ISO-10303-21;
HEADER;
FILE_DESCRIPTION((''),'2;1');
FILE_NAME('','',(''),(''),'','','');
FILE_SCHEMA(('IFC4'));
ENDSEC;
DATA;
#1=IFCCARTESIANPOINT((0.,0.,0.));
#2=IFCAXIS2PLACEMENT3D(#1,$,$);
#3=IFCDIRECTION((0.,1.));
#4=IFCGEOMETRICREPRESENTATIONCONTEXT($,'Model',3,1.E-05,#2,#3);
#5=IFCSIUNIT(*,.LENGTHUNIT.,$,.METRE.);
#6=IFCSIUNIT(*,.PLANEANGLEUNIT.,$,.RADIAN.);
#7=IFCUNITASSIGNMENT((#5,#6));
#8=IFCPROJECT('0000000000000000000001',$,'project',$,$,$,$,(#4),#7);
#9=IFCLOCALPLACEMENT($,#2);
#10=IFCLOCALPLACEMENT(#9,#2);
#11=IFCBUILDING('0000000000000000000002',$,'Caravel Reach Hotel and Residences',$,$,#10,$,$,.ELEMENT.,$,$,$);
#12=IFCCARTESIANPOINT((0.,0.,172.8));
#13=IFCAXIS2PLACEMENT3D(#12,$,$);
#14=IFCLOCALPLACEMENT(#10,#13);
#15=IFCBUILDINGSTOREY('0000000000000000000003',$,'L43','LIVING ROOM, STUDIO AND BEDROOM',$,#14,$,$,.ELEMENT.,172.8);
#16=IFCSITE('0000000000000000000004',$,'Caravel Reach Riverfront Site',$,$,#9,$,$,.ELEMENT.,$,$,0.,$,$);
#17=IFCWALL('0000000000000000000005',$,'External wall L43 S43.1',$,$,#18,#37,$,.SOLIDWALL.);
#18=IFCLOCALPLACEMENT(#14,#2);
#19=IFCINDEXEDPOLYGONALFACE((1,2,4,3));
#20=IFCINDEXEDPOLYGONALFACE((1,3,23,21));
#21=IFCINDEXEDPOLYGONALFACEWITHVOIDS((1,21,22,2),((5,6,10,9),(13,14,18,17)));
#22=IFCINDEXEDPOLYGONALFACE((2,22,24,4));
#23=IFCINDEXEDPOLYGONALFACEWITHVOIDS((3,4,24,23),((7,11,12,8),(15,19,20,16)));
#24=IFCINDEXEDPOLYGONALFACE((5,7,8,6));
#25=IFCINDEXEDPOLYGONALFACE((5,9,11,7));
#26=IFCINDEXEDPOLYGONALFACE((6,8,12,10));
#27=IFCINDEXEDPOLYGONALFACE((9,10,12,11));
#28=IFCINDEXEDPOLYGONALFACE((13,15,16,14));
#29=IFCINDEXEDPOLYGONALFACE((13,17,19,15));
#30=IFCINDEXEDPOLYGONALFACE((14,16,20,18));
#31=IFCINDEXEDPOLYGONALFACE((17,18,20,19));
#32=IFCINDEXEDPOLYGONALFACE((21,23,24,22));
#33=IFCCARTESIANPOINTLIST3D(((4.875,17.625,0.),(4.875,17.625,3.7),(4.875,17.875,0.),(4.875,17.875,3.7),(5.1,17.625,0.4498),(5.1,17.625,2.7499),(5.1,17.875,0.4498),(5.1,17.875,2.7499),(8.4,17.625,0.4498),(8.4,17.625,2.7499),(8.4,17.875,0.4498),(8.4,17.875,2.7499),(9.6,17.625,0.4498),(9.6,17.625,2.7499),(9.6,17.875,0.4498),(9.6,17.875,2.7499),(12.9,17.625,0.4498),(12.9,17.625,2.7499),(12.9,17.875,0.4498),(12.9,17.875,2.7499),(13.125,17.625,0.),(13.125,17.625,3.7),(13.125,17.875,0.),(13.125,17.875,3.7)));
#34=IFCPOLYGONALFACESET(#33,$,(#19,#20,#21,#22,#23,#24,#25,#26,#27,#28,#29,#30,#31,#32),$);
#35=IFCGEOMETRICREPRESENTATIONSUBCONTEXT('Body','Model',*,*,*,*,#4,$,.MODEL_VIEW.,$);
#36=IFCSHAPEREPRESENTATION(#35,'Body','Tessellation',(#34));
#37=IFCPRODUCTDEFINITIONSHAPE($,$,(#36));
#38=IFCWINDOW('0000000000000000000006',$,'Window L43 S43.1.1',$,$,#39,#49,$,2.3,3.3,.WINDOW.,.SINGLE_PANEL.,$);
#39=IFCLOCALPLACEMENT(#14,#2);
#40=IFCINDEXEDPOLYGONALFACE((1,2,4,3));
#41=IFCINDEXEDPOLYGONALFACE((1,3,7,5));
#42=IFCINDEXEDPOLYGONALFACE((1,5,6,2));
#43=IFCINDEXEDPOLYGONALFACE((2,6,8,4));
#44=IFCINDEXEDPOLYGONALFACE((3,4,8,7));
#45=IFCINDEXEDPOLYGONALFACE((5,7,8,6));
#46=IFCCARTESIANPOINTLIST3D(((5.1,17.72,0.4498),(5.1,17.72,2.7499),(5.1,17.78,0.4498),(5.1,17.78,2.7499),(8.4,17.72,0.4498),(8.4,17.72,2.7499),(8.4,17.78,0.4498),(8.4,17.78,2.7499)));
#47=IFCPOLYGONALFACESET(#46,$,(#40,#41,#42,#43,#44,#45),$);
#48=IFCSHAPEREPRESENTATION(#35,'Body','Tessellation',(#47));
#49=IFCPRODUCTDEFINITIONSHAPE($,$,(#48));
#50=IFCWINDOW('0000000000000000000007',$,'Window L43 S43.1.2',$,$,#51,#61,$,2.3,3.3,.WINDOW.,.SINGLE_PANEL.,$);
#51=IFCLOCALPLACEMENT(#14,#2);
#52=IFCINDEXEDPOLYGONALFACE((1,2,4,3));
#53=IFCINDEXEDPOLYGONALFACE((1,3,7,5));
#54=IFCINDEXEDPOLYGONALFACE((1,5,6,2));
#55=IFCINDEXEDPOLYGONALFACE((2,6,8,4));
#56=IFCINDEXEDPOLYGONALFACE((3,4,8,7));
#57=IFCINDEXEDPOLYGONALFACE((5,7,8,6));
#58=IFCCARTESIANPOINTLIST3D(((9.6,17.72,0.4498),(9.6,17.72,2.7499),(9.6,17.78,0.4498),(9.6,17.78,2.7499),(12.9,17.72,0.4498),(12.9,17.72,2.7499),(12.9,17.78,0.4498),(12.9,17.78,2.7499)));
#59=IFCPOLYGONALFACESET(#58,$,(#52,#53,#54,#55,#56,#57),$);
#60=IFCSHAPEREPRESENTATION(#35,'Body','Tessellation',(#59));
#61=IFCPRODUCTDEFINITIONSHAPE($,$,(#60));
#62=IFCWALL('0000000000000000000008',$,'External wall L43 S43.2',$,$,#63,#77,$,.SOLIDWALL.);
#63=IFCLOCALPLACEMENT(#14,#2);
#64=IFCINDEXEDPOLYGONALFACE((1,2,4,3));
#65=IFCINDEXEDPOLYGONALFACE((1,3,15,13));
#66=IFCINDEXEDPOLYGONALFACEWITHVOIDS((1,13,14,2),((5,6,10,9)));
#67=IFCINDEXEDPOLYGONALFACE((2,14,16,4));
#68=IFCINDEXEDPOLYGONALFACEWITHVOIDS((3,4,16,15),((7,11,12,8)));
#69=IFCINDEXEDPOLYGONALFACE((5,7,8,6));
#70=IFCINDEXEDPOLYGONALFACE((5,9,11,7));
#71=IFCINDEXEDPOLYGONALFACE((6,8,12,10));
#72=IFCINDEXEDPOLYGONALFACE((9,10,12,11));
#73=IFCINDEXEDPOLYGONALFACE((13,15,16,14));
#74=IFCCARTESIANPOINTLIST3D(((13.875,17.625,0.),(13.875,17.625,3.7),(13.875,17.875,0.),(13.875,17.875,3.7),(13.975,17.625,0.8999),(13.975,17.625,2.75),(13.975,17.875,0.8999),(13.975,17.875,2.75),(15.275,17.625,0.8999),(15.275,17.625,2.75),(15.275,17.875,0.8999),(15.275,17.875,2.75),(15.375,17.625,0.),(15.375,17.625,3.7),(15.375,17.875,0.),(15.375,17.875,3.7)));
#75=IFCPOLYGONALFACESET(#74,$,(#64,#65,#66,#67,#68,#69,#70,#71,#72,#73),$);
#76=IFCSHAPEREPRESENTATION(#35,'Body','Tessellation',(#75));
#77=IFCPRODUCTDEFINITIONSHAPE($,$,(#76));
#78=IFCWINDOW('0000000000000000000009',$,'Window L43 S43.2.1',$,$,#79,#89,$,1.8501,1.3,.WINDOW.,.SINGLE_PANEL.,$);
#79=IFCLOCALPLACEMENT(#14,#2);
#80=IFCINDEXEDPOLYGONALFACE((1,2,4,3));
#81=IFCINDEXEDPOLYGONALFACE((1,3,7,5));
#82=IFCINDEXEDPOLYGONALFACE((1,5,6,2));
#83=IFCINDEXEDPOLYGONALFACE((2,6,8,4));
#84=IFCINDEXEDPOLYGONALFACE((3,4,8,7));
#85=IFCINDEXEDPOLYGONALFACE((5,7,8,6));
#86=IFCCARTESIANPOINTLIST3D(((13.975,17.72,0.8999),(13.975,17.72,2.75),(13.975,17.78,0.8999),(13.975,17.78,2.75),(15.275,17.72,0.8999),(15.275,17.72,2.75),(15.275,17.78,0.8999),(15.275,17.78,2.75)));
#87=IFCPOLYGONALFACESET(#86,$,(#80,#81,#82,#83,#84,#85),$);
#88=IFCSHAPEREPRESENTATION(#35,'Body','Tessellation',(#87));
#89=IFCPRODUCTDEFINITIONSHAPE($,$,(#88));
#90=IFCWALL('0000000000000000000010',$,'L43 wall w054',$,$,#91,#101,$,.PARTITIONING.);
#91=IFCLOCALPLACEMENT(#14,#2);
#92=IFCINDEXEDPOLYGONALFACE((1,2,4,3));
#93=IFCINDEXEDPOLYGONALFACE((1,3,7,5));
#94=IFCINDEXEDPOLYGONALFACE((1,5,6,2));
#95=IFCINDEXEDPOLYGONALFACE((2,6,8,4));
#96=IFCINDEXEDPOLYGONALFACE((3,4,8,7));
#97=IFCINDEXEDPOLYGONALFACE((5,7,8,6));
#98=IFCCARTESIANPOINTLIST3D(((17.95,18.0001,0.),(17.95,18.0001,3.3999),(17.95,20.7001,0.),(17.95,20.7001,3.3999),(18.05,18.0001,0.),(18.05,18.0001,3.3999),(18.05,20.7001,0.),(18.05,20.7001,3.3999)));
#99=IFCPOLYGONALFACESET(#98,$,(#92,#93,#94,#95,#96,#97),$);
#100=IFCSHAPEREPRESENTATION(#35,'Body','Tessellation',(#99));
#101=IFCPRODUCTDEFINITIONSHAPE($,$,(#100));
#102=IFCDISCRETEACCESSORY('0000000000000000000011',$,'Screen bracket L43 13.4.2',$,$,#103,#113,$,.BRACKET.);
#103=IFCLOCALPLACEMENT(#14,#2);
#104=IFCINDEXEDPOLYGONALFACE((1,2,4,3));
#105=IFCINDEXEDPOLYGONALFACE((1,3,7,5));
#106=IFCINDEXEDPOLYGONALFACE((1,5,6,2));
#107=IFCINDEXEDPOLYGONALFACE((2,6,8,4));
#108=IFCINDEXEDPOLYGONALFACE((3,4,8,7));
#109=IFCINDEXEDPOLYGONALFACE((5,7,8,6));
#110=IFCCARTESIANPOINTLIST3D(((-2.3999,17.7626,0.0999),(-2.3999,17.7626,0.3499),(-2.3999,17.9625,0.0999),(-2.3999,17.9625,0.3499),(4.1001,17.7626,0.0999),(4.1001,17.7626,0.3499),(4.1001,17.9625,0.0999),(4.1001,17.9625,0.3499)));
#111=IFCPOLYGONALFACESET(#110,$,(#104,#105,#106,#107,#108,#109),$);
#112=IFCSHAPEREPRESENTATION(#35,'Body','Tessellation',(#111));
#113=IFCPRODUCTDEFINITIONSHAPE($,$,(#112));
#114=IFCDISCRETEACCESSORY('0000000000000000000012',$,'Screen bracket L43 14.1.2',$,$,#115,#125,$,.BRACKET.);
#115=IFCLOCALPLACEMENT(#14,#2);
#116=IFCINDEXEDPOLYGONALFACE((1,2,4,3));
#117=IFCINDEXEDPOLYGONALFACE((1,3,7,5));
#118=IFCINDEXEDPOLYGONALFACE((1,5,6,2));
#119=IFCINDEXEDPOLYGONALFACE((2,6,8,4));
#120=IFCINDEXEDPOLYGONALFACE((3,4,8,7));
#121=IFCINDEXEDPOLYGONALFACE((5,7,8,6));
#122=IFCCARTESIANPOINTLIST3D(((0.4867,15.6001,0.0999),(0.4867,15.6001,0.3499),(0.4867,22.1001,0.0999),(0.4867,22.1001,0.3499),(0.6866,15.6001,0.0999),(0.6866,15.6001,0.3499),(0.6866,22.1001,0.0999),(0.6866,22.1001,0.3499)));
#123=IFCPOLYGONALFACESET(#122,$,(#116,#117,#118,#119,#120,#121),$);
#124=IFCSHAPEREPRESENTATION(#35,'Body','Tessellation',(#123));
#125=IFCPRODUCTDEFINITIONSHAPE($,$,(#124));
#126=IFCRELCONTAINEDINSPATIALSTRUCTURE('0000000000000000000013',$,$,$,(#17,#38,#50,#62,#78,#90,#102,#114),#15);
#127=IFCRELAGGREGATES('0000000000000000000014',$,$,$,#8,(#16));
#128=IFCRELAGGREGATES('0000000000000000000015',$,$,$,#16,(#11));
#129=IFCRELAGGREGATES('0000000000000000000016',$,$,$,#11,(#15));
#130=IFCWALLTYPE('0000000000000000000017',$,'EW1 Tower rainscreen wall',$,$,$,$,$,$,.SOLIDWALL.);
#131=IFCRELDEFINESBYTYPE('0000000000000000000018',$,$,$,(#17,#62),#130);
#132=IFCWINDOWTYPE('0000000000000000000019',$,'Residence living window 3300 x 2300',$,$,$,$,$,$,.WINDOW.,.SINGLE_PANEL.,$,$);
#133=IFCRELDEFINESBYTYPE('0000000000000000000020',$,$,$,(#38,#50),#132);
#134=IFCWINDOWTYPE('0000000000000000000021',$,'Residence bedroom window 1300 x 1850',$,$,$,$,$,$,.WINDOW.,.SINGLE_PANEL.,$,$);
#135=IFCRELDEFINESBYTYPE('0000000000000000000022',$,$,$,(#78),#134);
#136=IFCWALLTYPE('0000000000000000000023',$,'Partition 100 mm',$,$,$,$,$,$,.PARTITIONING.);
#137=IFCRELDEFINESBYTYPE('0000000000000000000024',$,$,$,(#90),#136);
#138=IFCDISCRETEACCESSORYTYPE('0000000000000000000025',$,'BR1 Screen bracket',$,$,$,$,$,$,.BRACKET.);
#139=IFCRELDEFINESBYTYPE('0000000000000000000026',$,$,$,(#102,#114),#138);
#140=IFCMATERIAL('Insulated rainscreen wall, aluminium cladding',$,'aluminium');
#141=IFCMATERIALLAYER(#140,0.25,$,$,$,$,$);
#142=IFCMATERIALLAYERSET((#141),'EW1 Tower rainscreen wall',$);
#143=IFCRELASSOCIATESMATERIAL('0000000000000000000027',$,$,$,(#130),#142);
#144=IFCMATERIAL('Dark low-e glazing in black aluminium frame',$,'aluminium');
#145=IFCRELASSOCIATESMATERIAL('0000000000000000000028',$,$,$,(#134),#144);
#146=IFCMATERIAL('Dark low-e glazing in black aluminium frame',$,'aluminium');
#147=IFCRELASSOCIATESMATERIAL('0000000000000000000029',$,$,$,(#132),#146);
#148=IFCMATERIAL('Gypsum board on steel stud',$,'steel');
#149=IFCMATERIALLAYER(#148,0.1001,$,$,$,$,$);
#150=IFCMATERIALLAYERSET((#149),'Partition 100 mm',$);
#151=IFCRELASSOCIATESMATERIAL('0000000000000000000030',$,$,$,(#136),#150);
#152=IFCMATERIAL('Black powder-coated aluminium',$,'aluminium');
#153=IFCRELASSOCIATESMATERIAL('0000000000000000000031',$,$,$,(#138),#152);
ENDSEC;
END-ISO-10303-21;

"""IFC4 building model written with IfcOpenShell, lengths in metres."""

from ifc_helpers import new_model, si_unit, direction, frame, frame_2d, origin, origin_2d, place, context, subcontext, project, spatial, rectangle, extrude, material, layer, layer_set, type_object, element, fill, save


model = new_model("IFC4")

# Units and contexts
model_context = context("Model", 3, precision=1e-05, world=origin(), true_north=direction((0.0, 1.0)))
body_context = subcontext(model_context, "Body", "Model", "MODEL_VIEW")
ifc_project = project(units=[si_unit("LENGTHUNIT", "METRE"), si_unit("PLANEANGLEUNIT", "RADIAN")], contexts=[model_context])

# Site, building, storey
site_placement = place(None, origin())
site = spatial("IfcSite", under=ifc_project, at=site_placement, Name="Caravel Reach Riverfront Site", CompositionType="ELEMENT", RefElevation=0.0)
building_placement = place(site_placement, origin())
building = spatial("IfcBuilding", under=site, at=building_placement, Name="Caravel Reach Hotel and Residences", CompositionType="ELEMENT")
storey_placement = place(building_placement, frame((0.0, 0.0, 172.8)))
storey = spatial("IfcBuildingStorey", under=building, at=storey_placement, Name="L43", Description="LIVING ROOM, STUDIO AND BEDROOM", CompositionType="ELEMENT", Elevation=172.8)

# Shared definitions
ifc_material_1 = material(Name="Insulated rainscreen wall, aluminium cladding", Category="aluminium")
ifc_layer_1 = layer(ifc_material_1, 0.25)
ifc_layer_set_1 = layer_set([ifc_layer_1], Name="EW1 Tower rainscreen wall")
wall_type_1 = type_object("IfcWallType", Name="EW1 Tower rainscreen wall", PredefinedType="SOLIDWALL", material=ifc_layer_set_1)
ifc_material_2 = material(Name="Dark low-e glazing in black aluminium frame", Category="aluminium")
window_type_1 = type_object("IfcWindowType", Name="Residence bedroom window 1300 x 1850", PartitioningType="SINGLE_PANEL", PredefinedType="WINDOW", material=ifc_material_2)

# Wall, openings, windows
wall_1_placement = place(storey_placement, frame((4.875, 17.75, 0.0), z_axis=(0.0, 0.0, 1.0), x_axis=(1.0, 0.0, 0.0)))
wall_1 = element("IfcWall", 1, at=wall_1_placement, inside=storey, type_object=wall_type_1, Name="External wall L43 S43.1", PredefinedType="SOLIDWALL", context=body_context, shape_type="SweptSolid", body=[
    extrude(rectangle(XDim=8.25, YDim=0.25, at=frame_2d((4.125, 0.0))), origin(), (0.0, 0.0, 1.0), 3.7),
])
opening_1_placement = place(wall_1_placement, frame((0.2251, 0.0, 0.45)))
opening_1 = element("IfcOpeningElement", 2, at=opening_1_placement, cuts=wall_1, PredefinedType="OPENING", context=body_context, shape_type="SweptSolid", body=[
    extrude(rectangle(XDim=3.3, YDim=2.3, at=frame_2d((1.6499, 1.1499))), frame((0.0, 0.135, 0.0), z_axis=(0.0, -1.0, 0.0), x_axis=(1.0, 0.0, 0.0)), (0.0, 0.0, 1.0), 0.27),
])
opening_2_placement = place(wall_1_placement, frame((4.7251, 0.0, 0.45)))
opening_2 = element("IfcOpeningElement", 3, at=opening_2_placement, cuts=wall_1, PredefinedType="OPENING", context=body_context, shape_type="SweptSolid", body=[
    extrude(rectangle(XDim=3.3, YDim=2.3, at=frame_2d((1.6499, 1.1499))), frame((0.0, 0.135, 0.0), z_axis=(0.0, -1.0, 0.0), x_axis=(1.0, 0.0, 0.0)), (0.0, 0.0, 1.0), 0.27),
])
ifc_material_3 = material(Name="Dark low-e glazing in black aluminium frame", Category="aluminium")
window_type_2 = type_object("IfcWindowType", Name="Residence living window 3300 x 2300", PartitioningType="SINGLE_PANEL", PredefinedType="WINDOW", material=ifc_material_3)
window_1_placement = place(opening_1_placement, origin())
window_1 = element("IfcWindow", 4, at=window_1_placement, inside=storey, type_object=window_type_2, Name="Window L43 S43.1.1", OverallHeight=2.3, OverallWidth=3.3, PartitioningType="SINGLE_PANEL", PredefinedType="WINDOW", context=body_context, shape_type="SweptSolid", body=[
    extrude(rectangle(XDim=3.3, YDim=2.3, at=frame_2d((1.6499, 1.1499))), frame((0.0, 0.03, 0.0), z_axis=(0.0, -1.0, 0.0), x_axis=(1.0, 0.0, 0.0)), (0.0, 0.0, 1.0), 0.0601),
])
fill(opening_1, window_1)
window_2_placement = place(opening_2_placement, origin())
window_2 = element("IfcWindow", 5, at=window_2_placement, inside=storey, type_object=window_type_2, Name="Window L43 S43.1.2", OverallHeight=2.3, OverallWidth=3.3, PartitioningType="SINGLE_PANEL", PredefinedType="WINDOW", context=body_context, shape_type="SweptSolid", body=[
    extrude(rectangle(XDim=3.3, YDim=2.3, at=frame_2d((1.6499, 1.1499))), frame((0.0, 0.03, 0.0), z_axis=(0.0, -1.0, 0.0), x_axis=(1.0, 0.0, 0.0)), (0.0, 0.0, 1.0), 0.0601),
])
fill(opening_2, window_2)

# Wall, opening, window
wall_2_placement = place(storey_placement, frame((13.875, 17.75, 0.0), z_axis=(0.0, 0.0, 1.0), x_axis=(1.0, 0.0, 0.0)))
wall_2 = element("IfcWall", 6, at=wall_2_placement, inside=storey, type_object=wall_type_1, Name="External wall L43 S43.2", PredefinedType="SOLIDWALL", context=body_context, shape_type="SweptSolid", body=[
    extrude(rectangle(XDim=1.5, YDim=0.25, at=frame_2d((0.75, 0.0))), origin(), (0.0, 0.0, 1.0), 3.7),
])
opening_3_placement = place(wall_2_placement, frame((0.1001, 0.0, 0.8999)))
opening_3 = element("IfcOpeningElement", 7, at=opening_3_placement, cuts=wall_2, PredefinedType="OPENING", context=body_context, shape_type="SweptSolid", body=[
    extrude(rectangle(XDim=1.3, YDim=1.8501, at=frame_2d((0.6499, 0.925))), frame((0.0, 0.135, 0.0), z_axis=(0.0, -1.0, 0.0), x_axis=(1.0, 0.0, 0.0)), (0.0, 0.0, 1.0), 0.27),
])
window_3_placement = place(opening_3_placement, origin())
window_3 = element("IfcWindow", 8, at=window_3_placement, inside=storey, type_object=window_type_1, Name="Window L43 S43.2.1", OverallHeight=1.8501, OverallWidth=1.3, PartitioningType="SINGLE_PANEL", PredefinedType="WINDOW", context=body_context, shape_type="SweptSolid", body=[
    extrude(rectangle(XDim=1.3, YDim=1.8501, at=frame_2d((0.6499, 0.925))), frame((0.0, 0.03, 0.0), z_axis=(0.0, -1.0, 0.0), x_axis=(1.0, 0.0, 0.0)), (0.0, 0.0, 1.0), 0.0601),
])
fill(opening_3, window_3)

# Wall
ifc_material_4 = material(Name="Gypsum board on steel stud", Category="steel")
ifc_layer_2 = layer(ifc_material_4, 0.1001)
ifc_layer_set_2 = layer_set([ifc_layer_2], Name="Partition 100 mm")
wall_type_2 = type_object("IfcWallType", Name="Partition 100 mm", PredefinedType="PARTITIONING", material=ifc_layer_set_2)
wall_3_placement = place(storey_placement, frame((18.0, 18.0, 0.0), z_axis=(0.0, 0.0, 1.0), x_axis=(0.0, 1.0, 0.0)))
element("IfcWall", 9, at=wall_3_placement, inside=storey, type_object=wall_type_2, Name="L43 wall w054", PredefinedType="PARTITIONING", context=body_context, shape_type="SweptSolid", body=[
    extrude(rectangle(XDim=2.7, YDim=0.1001, at=frame_2d((1.3501, 0.0))), origin(), (0.0, 0.0, 1.0), 3.3999),
])

# Discrete accessories
ifc_material_5 = material(Name="Black powder-coated aluminium", Category="aluminium")
discrete_accessory_type = type_object("IfcDiscreteAccessoryType", Name="BR1 Screen bracket", PredefinedType="BRACKET", material=ifc_material_5)
for number, where, z_axis, x_axis, name in (
    (10, (0.8501, 17.8625, 0.0999), (0.0, 0.0, 1.0), (-1.0, 0.0, 0.0), "Screen bracket L43 13.4.2"),
    (11, (0.5867, 18.8501, 0.0999), (0.0, 0.0, 1.0), (0.0, -1.0, 0.0), "Screen bracket L43 14.1.2"),
):
    element("IfcDiscreteAccessory", number, at=place(storey_placement, frame(where, z_axis=z_axis, x_axis=x_axis)), inside=storey, type_object=discrete_accessory_type, Name=name, PredefinedType="BRACKET", context=body_context, shape_type="SweptSolid", body=[
        extrude(rectangle(XDim=6.5, YDim=0.2, at=origin_2d()), origin(), (0.0, 0.0, 1.0), 0.25),
    ])

save(model, "model.ifc")
